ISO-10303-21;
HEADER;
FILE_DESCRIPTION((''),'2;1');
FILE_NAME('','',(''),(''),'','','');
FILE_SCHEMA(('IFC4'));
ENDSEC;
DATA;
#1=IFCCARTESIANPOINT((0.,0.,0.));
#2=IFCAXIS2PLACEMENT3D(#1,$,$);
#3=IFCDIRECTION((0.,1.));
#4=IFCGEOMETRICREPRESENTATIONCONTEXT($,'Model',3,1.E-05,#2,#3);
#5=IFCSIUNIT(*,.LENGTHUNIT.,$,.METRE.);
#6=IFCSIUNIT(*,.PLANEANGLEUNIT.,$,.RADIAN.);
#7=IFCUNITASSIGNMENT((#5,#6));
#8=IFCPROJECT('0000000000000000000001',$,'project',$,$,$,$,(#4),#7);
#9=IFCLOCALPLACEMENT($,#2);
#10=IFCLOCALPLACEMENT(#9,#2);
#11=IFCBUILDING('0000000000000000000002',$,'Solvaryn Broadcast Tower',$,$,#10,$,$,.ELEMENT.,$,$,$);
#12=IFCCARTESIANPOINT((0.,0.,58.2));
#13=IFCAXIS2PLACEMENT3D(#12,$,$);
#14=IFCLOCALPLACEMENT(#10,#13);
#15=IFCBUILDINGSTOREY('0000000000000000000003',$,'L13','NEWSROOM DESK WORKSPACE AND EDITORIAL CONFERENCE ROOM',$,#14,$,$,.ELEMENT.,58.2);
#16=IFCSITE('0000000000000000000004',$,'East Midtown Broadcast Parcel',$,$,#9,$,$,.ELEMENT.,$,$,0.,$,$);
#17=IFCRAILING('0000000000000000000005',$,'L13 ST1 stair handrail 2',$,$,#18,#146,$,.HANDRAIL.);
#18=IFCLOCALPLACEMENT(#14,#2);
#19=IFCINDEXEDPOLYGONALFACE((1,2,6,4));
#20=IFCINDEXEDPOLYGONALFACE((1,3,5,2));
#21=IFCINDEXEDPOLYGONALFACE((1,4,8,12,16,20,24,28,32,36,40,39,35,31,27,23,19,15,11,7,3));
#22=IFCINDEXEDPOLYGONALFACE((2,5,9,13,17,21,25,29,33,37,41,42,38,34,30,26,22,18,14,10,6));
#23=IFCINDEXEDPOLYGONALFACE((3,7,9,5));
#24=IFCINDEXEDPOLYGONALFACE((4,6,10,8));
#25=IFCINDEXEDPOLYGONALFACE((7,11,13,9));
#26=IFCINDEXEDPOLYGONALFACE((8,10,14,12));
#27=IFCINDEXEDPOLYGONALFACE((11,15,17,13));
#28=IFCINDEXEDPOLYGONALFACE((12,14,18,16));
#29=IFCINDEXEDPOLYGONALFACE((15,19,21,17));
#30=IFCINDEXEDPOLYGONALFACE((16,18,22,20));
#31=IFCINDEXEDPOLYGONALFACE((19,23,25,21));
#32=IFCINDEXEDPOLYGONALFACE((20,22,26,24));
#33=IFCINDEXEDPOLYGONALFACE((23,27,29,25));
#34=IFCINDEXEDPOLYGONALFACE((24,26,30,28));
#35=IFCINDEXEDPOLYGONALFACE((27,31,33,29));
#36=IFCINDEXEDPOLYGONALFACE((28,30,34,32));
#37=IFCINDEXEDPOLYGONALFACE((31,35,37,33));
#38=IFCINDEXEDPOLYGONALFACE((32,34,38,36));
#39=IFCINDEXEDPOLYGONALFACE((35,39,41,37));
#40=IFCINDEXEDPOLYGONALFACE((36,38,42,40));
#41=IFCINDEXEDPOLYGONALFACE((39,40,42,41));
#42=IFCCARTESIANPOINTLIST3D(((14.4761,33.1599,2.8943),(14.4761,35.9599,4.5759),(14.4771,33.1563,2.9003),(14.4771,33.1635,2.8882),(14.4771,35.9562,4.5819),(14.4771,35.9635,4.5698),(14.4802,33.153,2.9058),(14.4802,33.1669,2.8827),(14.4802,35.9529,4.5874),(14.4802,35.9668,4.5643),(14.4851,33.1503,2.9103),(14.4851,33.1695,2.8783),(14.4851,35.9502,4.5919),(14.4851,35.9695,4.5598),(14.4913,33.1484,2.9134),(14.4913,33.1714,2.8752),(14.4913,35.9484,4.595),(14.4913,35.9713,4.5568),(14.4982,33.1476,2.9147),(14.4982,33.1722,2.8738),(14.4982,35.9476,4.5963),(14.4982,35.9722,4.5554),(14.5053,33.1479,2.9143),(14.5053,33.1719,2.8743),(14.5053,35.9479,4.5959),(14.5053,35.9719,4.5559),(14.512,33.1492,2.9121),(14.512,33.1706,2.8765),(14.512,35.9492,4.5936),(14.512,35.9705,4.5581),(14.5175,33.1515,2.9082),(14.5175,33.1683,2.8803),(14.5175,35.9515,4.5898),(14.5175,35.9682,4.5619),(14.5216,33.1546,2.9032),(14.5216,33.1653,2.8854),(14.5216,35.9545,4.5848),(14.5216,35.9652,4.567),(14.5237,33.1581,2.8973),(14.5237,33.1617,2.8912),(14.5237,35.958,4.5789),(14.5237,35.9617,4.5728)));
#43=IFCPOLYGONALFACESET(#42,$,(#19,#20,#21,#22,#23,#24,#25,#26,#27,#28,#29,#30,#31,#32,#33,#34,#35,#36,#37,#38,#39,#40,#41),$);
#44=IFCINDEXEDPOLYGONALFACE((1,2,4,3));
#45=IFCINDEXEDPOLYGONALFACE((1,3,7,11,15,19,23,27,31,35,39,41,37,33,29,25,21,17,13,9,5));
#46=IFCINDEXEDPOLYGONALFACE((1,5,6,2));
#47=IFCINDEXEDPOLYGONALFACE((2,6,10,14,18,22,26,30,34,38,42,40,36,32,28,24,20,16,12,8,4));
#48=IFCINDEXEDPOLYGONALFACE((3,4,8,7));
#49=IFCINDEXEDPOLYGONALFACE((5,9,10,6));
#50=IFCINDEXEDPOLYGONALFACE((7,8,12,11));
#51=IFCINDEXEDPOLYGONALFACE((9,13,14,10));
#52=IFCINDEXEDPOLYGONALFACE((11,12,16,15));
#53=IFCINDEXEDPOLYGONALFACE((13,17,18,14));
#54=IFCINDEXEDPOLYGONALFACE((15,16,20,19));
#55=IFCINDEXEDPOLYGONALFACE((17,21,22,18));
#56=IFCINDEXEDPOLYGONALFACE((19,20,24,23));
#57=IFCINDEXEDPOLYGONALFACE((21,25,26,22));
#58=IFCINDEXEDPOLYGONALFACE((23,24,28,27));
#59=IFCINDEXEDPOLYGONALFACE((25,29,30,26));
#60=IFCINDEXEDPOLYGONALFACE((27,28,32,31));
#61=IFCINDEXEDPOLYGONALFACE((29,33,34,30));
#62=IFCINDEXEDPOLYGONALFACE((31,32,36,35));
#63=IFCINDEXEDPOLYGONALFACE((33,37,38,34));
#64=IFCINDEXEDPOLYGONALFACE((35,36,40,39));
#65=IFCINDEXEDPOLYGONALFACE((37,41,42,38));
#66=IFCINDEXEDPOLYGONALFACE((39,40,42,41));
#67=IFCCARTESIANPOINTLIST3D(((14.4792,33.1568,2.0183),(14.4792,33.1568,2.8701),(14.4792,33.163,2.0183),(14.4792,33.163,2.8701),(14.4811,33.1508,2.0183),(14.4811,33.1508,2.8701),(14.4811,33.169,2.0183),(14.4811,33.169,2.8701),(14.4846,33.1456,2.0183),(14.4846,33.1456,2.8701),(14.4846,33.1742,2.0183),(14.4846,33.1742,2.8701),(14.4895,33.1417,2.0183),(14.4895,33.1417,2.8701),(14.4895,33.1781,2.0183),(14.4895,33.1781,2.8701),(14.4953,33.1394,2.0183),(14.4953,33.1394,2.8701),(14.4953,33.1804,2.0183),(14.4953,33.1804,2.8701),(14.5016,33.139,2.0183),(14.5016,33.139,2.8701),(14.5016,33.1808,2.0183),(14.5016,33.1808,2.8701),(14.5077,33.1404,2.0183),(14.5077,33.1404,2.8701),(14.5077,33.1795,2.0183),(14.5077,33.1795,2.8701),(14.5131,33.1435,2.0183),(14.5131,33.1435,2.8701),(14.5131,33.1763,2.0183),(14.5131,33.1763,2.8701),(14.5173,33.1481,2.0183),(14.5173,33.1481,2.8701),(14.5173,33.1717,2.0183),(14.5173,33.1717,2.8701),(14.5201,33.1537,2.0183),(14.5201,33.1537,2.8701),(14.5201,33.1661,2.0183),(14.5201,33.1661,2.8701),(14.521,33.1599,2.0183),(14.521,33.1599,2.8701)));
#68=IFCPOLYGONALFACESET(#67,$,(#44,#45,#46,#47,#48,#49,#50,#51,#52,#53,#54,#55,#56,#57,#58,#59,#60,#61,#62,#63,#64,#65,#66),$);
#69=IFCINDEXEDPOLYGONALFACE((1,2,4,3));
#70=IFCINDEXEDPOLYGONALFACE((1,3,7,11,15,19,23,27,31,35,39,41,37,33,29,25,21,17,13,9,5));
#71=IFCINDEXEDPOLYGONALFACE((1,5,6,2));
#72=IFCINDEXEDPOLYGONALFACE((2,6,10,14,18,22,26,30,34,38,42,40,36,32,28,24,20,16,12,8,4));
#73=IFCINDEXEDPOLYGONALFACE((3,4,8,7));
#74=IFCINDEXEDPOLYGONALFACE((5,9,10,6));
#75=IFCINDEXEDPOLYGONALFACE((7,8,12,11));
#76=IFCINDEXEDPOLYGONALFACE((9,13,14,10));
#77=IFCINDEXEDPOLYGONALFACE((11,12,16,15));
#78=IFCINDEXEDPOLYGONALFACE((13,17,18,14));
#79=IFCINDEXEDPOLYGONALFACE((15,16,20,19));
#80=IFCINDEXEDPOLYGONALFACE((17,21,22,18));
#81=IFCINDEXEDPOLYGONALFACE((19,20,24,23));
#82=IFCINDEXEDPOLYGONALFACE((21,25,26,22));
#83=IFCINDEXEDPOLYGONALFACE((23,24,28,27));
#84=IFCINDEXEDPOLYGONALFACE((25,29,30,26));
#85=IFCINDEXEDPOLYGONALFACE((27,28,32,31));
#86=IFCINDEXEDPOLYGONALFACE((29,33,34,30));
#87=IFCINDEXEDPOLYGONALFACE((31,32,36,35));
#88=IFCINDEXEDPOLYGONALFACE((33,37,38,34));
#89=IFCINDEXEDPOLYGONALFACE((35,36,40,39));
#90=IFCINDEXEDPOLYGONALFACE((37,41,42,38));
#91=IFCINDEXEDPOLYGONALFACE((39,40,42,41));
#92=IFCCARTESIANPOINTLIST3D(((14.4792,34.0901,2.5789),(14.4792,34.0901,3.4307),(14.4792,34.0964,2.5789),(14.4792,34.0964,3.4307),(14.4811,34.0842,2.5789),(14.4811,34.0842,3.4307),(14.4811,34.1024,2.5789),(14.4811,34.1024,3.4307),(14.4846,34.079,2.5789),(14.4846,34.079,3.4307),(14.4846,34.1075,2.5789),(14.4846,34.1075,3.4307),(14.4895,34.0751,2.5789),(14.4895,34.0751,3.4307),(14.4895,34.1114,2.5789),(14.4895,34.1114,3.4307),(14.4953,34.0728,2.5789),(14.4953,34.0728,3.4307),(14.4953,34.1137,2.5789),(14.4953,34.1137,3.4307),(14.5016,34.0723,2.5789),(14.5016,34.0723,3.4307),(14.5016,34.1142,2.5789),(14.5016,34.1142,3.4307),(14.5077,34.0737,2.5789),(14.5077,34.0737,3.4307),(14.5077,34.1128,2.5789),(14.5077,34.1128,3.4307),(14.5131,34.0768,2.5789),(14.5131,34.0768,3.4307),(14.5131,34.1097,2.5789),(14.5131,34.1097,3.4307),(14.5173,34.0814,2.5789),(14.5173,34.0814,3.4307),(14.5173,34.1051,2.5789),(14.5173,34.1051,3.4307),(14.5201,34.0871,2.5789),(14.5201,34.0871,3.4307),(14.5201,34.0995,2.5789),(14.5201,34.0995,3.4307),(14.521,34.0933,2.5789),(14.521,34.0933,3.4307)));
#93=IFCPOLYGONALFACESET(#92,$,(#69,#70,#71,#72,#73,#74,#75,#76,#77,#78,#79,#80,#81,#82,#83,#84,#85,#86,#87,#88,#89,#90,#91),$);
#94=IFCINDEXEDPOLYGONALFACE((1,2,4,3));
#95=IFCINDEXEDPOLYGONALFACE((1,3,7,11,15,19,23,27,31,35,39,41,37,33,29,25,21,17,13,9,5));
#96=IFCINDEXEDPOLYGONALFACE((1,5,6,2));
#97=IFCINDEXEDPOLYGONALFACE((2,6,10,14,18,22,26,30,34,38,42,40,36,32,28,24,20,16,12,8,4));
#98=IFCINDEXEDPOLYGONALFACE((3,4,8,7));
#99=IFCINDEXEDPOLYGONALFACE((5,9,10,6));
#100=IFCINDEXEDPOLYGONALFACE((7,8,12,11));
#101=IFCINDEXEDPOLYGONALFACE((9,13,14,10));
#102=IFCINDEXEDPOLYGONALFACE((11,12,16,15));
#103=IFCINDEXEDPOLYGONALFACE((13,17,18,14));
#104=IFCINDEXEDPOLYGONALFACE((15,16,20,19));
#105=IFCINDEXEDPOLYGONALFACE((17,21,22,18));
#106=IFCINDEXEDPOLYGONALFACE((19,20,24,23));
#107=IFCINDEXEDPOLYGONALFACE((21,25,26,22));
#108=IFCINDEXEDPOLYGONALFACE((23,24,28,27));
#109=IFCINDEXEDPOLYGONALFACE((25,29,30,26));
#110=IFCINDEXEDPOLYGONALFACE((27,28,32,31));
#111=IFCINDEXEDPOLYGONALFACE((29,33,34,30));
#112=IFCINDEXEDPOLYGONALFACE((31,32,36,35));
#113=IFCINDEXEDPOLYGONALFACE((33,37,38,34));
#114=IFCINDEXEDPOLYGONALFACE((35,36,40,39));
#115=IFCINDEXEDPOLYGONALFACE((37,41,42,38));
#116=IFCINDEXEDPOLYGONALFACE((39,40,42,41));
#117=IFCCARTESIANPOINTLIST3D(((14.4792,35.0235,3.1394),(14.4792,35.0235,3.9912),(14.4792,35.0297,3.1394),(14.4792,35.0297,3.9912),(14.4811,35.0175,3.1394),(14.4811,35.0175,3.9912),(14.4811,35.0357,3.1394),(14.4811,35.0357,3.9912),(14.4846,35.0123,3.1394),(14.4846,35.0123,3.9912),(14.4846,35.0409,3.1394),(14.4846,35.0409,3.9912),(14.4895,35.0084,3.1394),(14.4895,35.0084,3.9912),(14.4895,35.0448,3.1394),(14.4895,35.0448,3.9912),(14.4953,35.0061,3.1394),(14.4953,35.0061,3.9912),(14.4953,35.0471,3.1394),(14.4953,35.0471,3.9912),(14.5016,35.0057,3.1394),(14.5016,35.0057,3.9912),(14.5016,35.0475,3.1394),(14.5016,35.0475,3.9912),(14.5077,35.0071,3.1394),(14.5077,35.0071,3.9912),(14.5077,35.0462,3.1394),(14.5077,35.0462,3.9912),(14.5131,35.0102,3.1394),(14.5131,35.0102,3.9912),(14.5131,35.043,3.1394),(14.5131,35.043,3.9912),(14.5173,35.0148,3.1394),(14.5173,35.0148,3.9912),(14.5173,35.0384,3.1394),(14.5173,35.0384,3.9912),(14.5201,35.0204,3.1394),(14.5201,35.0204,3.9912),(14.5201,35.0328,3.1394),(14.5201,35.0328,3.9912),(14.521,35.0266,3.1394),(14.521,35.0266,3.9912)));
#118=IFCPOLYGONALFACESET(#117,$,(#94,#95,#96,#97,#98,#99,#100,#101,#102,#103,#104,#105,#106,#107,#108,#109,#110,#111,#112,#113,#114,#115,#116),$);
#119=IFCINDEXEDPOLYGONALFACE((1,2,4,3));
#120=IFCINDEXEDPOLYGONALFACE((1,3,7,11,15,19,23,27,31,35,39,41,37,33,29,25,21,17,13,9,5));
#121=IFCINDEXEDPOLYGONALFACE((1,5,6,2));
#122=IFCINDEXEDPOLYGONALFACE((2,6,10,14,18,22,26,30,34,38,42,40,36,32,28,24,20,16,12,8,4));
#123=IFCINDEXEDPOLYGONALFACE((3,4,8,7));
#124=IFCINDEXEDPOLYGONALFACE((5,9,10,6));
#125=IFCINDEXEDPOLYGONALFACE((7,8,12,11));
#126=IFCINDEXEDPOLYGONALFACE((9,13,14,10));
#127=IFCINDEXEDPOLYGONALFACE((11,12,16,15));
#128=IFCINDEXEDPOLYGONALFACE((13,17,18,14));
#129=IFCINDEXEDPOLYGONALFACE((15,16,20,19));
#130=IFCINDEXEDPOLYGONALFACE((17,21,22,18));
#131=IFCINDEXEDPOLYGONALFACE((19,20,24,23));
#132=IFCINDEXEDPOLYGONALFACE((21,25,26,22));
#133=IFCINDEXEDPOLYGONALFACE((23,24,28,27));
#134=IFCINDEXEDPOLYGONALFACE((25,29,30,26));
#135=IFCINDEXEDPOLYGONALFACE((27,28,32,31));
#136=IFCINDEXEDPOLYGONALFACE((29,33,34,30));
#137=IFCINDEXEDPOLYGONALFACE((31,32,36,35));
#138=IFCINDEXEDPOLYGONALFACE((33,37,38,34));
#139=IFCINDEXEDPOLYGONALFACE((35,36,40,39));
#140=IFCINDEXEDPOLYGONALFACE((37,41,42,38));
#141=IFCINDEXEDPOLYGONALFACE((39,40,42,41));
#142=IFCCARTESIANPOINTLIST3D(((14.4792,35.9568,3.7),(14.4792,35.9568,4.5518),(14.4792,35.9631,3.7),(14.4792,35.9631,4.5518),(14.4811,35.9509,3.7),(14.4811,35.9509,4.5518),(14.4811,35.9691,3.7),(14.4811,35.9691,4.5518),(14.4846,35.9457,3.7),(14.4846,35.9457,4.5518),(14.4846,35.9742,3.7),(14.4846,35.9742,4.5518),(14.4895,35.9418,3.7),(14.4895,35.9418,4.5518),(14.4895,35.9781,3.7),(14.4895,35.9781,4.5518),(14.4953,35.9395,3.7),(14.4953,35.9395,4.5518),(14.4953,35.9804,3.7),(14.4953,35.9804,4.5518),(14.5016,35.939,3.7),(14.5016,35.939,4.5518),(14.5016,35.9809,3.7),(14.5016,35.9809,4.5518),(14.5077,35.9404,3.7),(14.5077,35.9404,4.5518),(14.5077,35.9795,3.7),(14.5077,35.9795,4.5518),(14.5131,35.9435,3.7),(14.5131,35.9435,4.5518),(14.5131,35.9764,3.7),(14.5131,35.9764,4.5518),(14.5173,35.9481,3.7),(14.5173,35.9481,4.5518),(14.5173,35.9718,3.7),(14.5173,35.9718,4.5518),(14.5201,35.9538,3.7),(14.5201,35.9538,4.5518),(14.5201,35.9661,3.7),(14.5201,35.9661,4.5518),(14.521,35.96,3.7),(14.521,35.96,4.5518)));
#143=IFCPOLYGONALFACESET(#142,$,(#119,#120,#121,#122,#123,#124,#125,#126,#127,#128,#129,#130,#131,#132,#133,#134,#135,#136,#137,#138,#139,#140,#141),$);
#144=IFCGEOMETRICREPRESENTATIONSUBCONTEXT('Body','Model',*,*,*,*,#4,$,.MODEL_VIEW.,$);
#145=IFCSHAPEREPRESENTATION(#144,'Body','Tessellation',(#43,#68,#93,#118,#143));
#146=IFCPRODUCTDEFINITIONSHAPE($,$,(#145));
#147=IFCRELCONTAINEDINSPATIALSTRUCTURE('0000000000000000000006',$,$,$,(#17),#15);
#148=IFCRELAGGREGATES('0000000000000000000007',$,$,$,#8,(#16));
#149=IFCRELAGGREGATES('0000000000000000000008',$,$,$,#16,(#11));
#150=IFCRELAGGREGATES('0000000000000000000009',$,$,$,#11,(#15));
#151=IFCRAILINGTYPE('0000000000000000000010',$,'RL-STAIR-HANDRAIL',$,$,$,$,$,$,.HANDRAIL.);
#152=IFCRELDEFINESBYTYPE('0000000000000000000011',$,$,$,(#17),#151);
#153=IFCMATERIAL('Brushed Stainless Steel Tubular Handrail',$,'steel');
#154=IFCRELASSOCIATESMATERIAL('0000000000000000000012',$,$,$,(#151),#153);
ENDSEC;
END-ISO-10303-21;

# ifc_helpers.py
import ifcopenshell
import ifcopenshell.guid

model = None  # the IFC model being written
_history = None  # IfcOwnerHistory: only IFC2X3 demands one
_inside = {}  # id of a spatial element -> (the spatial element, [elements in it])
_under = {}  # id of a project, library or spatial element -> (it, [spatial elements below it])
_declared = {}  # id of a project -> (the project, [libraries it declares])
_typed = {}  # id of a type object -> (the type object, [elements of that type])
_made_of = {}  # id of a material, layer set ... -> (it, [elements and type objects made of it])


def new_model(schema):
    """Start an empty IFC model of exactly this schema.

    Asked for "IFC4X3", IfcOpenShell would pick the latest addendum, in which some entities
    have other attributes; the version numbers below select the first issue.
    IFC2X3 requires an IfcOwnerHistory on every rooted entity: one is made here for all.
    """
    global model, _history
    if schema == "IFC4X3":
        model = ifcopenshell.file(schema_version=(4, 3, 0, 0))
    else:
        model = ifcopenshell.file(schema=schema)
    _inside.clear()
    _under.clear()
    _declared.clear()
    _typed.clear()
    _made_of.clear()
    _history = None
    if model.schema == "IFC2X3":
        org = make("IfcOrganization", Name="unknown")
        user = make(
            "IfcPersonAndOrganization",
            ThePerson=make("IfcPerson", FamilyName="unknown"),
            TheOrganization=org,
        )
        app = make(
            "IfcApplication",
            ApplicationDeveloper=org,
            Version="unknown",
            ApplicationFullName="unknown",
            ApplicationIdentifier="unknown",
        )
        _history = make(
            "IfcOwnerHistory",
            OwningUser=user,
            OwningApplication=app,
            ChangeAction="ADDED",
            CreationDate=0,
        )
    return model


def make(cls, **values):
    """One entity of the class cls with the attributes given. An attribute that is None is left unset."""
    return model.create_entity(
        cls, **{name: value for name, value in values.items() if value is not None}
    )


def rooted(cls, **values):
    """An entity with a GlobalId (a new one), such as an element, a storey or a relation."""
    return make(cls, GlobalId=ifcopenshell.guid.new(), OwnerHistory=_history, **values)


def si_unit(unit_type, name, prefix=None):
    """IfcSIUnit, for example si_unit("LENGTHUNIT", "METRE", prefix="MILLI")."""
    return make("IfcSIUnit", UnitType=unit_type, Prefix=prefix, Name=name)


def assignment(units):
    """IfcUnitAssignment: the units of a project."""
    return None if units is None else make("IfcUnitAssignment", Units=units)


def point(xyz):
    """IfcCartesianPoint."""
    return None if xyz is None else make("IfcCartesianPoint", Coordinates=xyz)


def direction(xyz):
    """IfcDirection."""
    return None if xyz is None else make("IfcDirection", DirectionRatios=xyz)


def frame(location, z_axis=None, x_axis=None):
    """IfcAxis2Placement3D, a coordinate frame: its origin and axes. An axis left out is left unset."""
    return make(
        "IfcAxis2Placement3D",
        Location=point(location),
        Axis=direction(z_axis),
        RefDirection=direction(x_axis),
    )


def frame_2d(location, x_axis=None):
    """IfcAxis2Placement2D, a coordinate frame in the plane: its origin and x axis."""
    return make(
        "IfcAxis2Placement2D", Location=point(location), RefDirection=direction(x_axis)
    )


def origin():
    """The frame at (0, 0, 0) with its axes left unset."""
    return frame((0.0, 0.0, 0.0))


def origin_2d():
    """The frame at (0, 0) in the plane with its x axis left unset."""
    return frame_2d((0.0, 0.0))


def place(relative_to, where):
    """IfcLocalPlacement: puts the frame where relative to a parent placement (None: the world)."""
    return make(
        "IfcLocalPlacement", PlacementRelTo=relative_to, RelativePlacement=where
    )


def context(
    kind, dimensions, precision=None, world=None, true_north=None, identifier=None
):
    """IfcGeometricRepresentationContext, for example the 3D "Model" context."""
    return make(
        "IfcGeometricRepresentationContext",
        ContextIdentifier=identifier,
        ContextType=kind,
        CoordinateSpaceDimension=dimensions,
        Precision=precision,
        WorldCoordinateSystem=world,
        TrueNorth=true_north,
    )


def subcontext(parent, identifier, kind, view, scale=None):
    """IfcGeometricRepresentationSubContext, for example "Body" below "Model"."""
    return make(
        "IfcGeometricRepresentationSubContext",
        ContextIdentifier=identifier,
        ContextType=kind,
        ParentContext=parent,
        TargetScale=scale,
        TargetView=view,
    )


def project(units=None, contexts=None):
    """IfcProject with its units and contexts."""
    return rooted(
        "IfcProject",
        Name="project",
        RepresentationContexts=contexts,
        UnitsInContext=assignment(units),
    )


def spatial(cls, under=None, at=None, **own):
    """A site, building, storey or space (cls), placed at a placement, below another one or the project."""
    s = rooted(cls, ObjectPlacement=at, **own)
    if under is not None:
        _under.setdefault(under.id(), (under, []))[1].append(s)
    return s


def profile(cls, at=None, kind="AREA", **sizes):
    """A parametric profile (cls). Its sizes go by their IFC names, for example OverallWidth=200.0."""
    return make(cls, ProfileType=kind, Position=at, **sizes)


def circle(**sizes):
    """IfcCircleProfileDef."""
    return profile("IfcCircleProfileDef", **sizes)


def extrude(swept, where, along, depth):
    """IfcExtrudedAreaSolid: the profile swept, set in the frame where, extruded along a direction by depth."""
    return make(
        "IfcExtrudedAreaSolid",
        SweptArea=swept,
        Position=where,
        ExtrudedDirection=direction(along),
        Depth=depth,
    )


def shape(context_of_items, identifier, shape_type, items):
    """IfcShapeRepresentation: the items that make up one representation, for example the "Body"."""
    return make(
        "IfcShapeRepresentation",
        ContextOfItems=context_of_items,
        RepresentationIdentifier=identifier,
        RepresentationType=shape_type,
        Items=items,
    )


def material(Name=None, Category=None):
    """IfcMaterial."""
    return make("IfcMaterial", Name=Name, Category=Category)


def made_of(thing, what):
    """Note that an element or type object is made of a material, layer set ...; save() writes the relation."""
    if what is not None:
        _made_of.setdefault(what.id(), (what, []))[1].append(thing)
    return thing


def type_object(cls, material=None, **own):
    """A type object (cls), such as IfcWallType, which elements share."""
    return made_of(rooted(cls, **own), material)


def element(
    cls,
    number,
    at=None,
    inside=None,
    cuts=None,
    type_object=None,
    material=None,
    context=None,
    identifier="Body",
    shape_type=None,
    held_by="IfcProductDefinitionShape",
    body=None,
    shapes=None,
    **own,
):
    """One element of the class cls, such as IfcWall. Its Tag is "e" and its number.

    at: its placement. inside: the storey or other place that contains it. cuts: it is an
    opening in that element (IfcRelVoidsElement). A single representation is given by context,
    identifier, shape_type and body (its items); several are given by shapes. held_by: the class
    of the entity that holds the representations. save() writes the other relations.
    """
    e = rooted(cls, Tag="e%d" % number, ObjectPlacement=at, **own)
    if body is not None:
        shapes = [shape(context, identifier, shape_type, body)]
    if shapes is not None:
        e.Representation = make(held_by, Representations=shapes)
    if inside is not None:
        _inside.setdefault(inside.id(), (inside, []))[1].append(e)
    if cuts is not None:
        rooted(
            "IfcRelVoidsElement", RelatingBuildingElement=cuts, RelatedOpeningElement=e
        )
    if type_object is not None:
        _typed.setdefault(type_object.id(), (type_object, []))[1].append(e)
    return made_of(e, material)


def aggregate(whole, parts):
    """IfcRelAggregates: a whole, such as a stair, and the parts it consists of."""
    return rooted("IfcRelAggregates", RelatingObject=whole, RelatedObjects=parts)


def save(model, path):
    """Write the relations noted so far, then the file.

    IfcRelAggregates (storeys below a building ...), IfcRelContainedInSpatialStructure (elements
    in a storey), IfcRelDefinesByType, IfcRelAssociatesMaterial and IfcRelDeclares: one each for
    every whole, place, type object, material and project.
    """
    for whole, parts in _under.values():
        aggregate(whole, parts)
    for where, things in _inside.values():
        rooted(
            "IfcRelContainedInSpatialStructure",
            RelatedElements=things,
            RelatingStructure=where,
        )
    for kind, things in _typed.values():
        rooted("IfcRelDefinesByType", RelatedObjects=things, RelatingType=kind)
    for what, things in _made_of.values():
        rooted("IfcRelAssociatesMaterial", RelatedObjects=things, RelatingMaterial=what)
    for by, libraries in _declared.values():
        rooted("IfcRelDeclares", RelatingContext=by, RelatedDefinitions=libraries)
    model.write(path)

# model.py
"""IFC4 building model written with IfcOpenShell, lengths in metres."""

from ifc_helpers import new_model, si_unit, direction, frame, origin, origin_2d, place, context, subcontext, project, spatial, circle, extrude, material, type_object, element, save


model = new_model("IFC4")

# Units and contexts
model_context = context("Model", 3, precision=1e-05, world=origin(), true_north=direction((0.0, 1.0)))
body_context = subcontext(model_context, "Body", "Model", "MODEL_VIEW")
ifc_project = project(units=[si_unit("LENGTHUNIT", "METRE"), si_unit("PLANEANGLEUNIT", "RADIAN")], contexts=[model_context])

# Site, building, storey
site_placement = place(None, origin())
site = spatial("IfcSite", under=ifc_project, at=site_placement, Name="East Midtown Broadcast Parcel", CompositionType="ELEMENT", RefElevation=0.0)
building_placement = place(site_placement, origin())
building = spatial("IfcBuilding", under=site, at=building_placement, Name="Solvaryn Broadcast Tower", CompositionType="ELEMENT")
storey_placement = place(building_placement, frame((0.0, 0.0, 58.2)))
storey = spatial("IfcBuildingStorey", under=building, at=storey_placement, Name="L13", Description="NEWSROOM DESK WORKSPACE AND EDITORIAL CONFERENCE ROOM", CompositionType="ELEMENT", Elevation=58.2)

# Railing
ifc_material_1 = material(Name="Brushed Stainless Steel Tubular Handrail", Category="steel")
railing_type_1 = type_object("IfcRailingType", Name="RL-STAIR-HANDRAIL", PredefinedType="HANDRAIL", material=ifc_material_1)
railing_1_placement = place(storey_placement, frame((14.5, 33.1599, 2.0183)))
element("IfcRailing", 1, at=railing_1_placement, inside=storey, type_object=railing_type_1, Name="L13 ST1 stair handrail 2", PredefinedType="HANDRAIL", context=body_context, shape_type="SweptSolid", body=[
    extrude(circle(Radius=0.0239, at=origin_2d()), frame((0.0, 0.0, 0.876), z_axis=(0.0, 0.857275, 0.514858), x_axis=(-1.0, 0.0, 0.0)), (0.0, 0.0, 1.0), 3.2661),
    extrude(circle(Radius=0.021, at=origin_2d()), origin(), (0.0, 0.0, 1.0), 0.8518),
    extrude(circle(Radius=0.021, at=origin_2d()), frame((0.0, 0.9333, 0.5605)), (0.0, 0.0, 1.0), 0.8518),
    extrude(circle(Radius=0.021, at=origin_2d()), frame((0.0, 1.8667, 1.1211)), (0.0, 0.0, 1.0), 0.8518),
    extrude(circle(Radius=0.021, at=origin_2d()), frame((0.0, 2.8, 1.6816)), (0.0, 0.0, 1.0), 0.8518),
])

save(model, "model.ifc")
